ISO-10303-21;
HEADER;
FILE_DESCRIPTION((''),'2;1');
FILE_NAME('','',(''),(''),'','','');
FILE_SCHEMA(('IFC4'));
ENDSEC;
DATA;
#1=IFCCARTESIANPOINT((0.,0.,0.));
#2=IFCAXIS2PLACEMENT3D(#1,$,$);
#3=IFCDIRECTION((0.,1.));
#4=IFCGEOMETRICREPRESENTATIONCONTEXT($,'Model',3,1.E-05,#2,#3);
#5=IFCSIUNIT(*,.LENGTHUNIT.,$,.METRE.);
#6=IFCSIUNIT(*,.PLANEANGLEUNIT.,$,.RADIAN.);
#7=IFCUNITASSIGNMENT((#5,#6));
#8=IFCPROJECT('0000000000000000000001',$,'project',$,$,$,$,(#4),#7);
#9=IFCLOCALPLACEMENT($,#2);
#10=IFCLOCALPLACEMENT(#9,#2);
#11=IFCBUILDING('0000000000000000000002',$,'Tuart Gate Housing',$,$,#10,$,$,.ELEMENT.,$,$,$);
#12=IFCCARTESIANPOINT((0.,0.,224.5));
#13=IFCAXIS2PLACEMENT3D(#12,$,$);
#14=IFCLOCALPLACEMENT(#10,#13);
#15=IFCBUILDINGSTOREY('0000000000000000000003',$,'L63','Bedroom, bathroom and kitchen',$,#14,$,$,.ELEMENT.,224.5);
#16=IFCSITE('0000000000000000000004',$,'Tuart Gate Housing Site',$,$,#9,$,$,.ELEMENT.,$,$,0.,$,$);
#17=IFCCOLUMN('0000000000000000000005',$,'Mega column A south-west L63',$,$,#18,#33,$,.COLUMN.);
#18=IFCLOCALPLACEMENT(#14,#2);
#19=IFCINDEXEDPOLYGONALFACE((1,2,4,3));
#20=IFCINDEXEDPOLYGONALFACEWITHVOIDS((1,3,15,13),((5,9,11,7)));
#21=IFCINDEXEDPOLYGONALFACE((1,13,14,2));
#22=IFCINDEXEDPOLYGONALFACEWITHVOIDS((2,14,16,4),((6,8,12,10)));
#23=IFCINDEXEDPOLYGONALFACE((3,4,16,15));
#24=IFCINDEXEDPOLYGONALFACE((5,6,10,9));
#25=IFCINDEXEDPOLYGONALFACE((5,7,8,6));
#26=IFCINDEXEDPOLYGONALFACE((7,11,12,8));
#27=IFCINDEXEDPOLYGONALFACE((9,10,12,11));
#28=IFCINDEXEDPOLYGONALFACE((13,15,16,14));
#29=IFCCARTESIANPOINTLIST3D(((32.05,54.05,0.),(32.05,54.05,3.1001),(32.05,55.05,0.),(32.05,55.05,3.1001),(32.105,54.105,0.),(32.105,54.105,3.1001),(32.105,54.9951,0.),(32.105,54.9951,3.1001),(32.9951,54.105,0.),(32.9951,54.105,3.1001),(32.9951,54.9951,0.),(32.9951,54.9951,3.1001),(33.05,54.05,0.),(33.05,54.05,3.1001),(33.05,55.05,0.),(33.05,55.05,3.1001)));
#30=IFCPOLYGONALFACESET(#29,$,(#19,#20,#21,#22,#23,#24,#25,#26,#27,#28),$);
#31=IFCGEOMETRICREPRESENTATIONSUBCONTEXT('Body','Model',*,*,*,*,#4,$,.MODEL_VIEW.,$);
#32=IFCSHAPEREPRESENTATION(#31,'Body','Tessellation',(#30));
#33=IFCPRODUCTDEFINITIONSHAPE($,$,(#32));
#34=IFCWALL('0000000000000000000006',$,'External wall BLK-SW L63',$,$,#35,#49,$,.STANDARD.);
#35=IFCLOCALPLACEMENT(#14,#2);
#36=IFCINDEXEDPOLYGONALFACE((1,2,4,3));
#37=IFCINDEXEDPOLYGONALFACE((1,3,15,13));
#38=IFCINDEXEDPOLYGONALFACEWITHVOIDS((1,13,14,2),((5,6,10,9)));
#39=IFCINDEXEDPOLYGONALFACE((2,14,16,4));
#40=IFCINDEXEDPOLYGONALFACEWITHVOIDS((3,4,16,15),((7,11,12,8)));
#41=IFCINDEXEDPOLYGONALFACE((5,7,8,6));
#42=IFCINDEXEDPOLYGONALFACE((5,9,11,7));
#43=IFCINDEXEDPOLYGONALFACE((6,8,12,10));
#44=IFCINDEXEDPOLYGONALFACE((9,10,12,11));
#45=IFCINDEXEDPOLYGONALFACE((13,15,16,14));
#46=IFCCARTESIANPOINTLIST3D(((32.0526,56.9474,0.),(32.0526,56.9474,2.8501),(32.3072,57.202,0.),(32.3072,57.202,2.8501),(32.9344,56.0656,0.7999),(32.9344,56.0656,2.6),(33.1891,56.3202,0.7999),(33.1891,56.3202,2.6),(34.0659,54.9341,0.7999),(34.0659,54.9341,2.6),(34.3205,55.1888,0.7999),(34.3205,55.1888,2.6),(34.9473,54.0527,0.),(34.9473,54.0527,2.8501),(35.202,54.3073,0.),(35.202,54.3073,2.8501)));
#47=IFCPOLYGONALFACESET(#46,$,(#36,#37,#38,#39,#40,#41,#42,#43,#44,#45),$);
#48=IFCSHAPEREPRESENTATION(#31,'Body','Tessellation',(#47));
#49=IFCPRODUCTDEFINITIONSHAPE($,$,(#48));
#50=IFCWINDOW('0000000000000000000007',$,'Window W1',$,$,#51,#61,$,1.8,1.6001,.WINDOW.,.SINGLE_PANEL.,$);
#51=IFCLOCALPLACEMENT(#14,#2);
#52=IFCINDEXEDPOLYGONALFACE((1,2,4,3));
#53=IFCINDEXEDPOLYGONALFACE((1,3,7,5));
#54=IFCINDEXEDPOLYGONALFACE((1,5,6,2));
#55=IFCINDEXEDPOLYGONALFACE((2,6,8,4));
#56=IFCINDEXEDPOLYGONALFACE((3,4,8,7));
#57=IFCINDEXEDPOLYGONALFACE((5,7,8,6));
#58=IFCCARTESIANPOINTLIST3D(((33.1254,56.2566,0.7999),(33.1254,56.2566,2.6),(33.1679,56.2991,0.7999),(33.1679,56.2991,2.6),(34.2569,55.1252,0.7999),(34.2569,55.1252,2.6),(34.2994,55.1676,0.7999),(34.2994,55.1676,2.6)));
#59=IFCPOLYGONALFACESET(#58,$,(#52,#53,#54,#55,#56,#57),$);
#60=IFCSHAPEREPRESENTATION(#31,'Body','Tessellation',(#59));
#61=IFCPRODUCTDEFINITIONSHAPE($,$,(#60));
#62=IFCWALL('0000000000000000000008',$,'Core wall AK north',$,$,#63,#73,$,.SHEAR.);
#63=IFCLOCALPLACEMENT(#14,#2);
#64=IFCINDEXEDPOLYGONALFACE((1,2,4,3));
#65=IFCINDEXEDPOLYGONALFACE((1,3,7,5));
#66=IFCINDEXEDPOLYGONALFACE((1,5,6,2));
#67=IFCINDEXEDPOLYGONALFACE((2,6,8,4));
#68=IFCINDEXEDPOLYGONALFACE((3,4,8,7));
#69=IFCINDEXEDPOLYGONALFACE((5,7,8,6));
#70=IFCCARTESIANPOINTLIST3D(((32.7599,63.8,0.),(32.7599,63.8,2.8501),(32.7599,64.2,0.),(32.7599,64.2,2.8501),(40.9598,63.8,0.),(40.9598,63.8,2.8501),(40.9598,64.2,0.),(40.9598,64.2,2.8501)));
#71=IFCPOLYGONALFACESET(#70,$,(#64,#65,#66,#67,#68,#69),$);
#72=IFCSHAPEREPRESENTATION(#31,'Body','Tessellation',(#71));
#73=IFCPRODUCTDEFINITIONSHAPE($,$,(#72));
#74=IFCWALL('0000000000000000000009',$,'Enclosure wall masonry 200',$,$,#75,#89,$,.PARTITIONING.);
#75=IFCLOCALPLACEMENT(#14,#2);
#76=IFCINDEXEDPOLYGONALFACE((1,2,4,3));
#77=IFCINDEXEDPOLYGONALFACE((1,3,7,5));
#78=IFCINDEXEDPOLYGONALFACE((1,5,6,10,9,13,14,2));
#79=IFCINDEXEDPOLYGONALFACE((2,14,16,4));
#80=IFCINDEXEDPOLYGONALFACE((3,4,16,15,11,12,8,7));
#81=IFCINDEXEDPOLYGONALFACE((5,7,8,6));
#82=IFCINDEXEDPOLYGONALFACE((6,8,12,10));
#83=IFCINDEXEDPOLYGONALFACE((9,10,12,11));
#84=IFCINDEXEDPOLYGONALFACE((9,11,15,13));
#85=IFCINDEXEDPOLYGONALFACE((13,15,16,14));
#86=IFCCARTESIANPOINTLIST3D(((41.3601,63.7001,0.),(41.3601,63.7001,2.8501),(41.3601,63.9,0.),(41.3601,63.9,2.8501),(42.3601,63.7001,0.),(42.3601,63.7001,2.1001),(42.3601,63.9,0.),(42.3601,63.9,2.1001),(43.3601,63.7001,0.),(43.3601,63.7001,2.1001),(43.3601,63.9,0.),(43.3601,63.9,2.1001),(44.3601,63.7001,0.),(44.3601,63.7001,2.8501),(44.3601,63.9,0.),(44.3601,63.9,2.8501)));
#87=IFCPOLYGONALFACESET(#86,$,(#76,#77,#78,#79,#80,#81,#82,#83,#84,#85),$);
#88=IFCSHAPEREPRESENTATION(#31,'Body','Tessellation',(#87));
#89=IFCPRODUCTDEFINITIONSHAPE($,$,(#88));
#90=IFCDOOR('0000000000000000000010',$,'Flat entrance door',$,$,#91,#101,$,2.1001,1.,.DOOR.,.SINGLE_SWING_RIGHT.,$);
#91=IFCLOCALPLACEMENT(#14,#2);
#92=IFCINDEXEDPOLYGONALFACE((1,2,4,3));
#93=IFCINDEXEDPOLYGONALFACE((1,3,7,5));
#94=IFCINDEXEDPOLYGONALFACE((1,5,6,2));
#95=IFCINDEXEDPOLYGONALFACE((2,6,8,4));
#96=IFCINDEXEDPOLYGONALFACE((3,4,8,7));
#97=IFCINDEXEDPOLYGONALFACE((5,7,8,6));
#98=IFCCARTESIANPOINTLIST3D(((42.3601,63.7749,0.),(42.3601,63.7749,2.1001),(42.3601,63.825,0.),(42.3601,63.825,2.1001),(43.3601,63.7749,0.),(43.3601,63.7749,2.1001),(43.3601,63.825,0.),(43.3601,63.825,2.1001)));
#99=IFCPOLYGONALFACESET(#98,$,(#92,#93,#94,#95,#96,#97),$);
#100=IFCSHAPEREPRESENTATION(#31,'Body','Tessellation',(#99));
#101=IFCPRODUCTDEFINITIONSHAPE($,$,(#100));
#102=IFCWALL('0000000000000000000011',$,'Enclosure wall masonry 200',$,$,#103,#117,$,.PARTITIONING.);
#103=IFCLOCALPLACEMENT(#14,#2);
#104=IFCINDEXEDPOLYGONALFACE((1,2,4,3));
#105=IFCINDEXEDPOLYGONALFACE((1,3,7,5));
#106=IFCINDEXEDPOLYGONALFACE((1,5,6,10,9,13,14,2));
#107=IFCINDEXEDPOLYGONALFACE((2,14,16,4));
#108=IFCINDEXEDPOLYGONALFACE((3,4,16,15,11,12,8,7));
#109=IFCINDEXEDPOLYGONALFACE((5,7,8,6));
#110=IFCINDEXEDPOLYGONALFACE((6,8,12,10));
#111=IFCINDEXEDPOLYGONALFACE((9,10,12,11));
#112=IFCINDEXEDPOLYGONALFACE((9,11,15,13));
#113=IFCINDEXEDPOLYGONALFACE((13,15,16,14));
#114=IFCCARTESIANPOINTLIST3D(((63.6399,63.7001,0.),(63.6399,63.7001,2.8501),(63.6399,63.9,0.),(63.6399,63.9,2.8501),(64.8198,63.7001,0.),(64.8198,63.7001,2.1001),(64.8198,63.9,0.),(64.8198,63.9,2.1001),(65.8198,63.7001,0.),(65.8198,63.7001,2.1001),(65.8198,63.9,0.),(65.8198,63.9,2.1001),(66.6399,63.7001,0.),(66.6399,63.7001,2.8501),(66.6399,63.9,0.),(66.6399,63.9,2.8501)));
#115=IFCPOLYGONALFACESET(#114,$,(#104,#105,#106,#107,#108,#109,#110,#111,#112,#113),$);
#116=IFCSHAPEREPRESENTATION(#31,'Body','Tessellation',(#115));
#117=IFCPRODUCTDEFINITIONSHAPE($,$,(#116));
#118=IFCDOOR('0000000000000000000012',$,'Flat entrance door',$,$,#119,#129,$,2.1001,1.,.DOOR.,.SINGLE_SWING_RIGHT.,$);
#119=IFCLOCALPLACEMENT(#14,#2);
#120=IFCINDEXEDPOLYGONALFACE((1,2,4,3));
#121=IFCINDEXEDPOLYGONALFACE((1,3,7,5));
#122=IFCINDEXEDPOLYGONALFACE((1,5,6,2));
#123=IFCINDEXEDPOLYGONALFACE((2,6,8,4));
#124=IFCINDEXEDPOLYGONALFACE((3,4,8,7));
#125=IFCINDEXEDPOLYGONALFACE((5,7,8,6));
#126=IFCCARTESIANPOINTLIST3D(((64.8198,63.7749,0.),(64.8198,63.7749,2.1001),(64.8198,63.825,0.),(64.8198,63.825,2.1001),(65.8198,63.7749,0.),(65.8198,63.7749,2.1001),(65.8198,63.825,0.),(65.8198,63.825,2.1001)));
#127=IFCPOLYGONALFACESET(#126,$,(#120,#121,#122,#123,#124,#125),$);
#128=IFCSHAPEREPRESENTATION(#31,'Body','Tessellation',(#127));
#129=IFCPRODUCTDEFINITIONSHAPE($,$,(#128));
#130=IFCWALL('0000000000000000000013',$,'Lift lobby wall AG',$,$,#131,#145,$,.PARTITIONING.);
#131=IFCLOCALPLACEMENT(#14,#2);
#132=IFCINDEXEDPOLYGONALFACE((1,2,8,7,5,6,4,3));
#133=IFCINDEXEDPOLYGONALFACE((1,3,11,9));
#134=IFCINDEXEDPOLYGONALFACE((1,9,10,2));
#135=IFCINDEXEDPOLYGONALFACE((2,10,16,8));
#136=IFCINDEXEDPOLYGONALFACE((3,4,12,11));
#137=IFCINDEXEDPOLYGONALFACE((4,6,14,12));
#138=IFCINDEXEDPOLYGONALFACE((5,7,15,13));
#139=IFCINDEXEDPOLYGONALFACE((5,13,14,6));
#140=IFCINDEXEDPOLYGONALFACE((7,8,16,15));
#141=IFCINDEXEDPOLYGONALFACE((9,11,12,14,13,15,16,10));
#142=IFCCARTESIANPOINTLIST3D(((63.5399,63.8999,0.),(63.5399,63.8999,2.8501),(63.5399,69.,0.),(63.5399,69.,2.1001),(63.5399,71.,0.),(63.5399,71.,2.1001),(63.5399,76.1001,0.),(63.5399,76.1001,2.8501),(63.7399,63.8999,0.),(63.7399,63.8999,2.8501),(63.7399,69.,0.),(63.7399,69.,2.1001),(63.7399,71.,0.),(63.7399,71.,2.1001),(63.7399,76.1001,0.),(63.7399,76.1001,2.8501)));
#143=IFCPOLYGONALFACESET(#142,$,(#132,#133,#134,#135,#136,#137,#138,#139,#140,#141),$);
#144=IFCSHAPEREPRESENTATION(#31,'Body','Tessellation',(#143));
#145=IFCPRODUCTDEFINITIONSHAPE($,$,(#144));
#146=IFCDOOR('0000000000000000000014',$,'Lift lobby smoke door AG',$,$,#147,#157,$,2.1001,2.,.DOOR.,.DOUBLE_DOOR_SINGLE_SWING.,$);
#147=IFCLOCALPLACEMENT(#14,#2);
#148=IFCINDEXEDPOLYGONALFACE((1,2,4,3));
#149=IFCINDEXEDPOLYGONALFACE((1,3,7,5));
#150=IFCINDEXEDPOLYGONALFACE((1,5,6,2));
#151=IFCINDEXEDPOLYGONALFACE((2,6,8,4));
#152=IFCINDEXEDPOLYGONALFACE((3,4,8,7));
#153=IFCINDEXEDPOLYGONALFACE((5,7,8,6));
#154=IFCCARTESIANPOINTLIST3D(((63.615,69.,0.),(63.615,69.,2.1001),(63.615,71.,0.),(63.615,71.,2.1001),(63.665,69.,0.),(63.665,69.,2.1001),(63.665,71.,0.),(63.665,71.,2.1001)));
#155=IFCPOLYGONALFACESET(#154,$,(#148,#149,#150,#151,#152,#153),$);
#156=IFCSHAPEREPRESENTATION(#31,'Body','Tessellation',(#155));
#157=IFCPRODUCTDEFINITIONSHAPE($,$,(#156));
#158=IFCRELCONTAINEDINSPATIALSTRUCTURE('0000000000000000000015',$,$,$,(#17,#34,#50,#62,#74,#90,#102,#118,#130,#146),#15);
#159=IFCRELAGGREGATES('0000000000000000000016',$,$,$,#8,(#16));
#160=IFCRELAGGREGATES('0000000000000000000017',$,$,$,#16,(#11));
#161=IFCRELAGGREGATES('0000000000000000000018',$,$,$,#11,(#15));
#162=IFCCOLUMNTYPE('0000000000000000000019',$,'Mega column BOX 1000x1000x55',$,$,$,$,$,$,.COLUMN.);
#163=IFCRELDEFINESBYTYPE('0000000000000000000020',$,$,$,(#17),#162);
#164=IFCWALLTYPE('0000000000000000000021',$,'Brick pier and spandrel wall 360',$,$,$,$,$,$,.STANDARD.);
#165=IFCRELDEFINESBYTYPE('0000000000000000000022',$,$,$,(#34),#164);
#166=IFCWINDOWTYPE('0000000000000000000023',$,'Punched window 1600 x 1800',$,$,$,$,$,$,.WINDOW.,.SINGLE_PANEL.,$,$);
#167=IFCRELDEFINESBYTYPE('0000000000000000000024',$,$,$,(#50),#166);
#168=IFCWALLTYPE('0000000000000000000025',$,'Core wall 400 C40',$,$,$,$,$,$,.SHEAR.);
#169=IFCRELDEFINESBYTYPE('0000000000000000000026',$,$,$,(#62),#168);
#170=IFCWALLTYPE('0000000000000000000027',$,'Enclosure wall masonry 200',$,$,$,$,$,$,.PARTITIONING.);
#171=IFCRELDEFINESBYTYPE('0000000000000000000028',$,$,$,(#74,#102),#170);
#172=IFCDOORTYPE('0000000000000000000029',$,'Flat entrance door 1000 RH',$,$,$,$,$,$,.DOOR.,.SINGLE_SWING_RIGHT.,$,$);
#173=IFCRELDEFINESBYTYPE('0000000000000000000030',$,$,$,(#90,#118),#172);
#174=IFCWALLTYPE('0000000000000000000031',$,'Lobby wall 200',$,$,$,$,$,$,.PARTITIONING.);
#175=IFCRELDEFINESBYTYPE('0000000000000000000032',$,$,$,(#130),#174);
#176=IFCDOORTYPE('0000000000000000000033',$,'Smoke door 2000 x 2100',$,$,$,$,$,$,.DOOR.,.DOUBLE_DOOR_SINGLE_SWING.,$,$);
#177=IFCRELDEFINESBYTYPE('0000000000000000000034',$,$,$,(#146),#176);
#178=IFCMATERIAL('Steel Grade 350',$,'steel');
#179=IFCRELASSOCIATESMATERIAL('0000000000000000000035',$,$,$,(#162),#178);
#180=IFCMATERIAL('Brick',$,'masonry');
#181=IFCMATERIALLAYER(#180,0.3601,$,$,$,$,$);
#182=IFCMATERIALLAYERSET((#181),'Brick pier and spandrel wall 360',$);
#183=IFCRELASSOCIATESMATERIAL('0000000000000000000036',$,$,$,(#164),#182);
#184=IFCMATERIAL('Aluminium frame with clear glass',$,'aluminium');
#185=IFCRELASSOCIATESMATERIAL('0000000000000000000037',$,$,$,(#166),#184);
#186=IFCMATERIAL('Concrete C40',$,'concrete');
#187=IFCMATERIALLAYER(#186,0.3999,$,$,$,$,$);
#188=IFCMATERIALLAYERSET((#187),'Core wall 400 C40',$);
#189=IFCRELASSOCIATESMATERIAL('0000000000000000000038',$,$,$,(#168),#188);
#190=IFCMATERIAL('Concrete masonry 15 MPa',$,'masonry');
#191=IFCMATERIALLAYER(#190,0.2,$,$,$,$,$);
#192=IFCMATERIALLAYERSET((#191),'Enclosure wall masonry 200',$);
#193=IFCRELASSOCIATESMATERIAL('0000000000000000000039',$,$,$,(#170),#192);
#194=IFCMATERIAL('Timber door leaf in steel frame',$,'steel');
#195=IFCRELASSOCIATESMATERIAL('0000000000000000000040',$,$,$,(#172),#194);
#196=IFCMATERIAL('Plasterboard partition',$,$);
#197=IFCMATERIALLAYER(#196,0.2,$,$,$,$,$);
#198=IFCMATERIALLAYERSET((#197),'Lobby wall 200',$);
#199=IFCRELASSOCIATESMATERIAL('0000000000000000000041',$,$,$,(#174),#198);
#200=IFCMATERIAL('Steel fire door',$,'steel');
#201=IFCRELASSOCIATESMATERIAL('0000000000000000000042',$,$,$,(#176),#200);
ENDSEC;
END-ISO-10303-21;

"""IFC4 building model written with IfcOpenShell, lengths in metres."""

from ifc_helpers import new_model, si_unit, direction, frame, frame_2d, origin, origin_2d, place, context, subcontext, project, spatial, rectangle, hollow_rectangle, extrude, material, layer, layer_set, material_profile, profile_set, type_object, element, fill, save


model = new_model("IFC4")

# Units and contexts
model_context = context("Model", 3, precision=1e-05, world=origin(), true_north=direction((0.0, 1.0)))
body_context = subcontext(model_context, "Body", "Model", "MODEL_VIEW")
ifc_project = project(units=[si_unit("LENGTHUNIT", "METRE"), si_unit("PLANEANGLEUNIT", "RADIAN")], contexts=[model_context])

# Site, building, storey
site_placement = place(None, origin())
site = spatial("IfcSite", under=ifc_project, at=site_placement, Name="Tuart Gate Housing Site", CompositionType="ELEMENT", RefElevation=0.0)
building_placement = place(site_placement, origin())
building = spatial("IfcBuilding", under=site, at=building_placement, Name="Tuart Gate Housing", CompositionType="ELEMENT")
storey_placement = place(building_placement, frame((0.0, 0.0, 224.5)))
storey = spatial("IfcBuildingStorey", under=building, at=storey_placement, Name="L63", Description="Bedroom, bathroom and kitchen", CompositionType="ELEMENT", Elevation=224.5)

# Column
ifc_material_1 = material(Name="Steel Grade 350", Category="steel")
ifc_material_profile = material_profile(ifc_material_1, hollow_rectangle(XDim=1.0, YDim=1.0, WallThickness=0.0549, at=origin_2d()), Name="BOX 1000x1000x55")
ifc_profile_set = profile_set([ifc_material_profile], Name="Steel Grade 350")
column_type = type_object("IfcColumnType", Name="Mega column BOX 1000x1000x55", PredefinedType="COLUMN", material=ifc_profile_set)
column_placement = place(storey_placement, frame((32.55, 54.55, 0.0), z_axis=(0.0, 0.0, 1.0), x_axis=(1.0, 0.0, 0.0)))
element("IfcColumn", 1, at=column_placement, inside=storey, type_object=column_type, Name="Mega column A south-west L63", PredefinedType="COLUMN", context=body_context, shape_type="SweptSolid", body=[
    extrude(hollow_rectangle(XDim=1.0, YDim=1.0, WallThickness=0.0549, at=origin_2d()), origin(), (0.0, 0.0, 1.0), 3.1001),
])

# Wall, opening, window
ifc_material_2 = material(Name="Brick", Category="masonry")
ifc_layer_1 = layer(ifc_material_2, 0.3601)
ifc_layer_set_1 = layer_set([ifc_layer_1], Name="Brick pier and spandrel wall 360")
wall_type_1 = type_object("IfcWallType", Name="Brick pier and spandrel wall 360", PredefinedType="STANDARD", material=ifc_layer_set_1)
wall_1_placement = place(storey_placement, frame((32.1799, 57.0747, 0.0), z_axis=(0.0, 0.0, 1.0), x_axis=(0.707107, -0.707107, 0.0)))
wall_1 = element("IfcWall", 2, at=wall_1_placement, inside=storey, type_object=wall_type_1, Name="External wall BLK-SW L63", PredefinedType="STANDARD", context=body_context, shape_type="SweptSolid", body=[
    extrude(rectangle(XDim=4.0938, YDim=0.3601, at=frame_2d((2.0469, 0.0))), origin(), (0.0, 0.0, 1.0), 2.8501),
])
opening_1_placement = place(wall_1_placement, frame((1.2471, 0.0, 0.8)))
opening_1 = element("IfcOpeningElement", 3, at=opening_1_placement, cuts=wall_1, PredefinedType="OPENING", context=body_context, shape_type="SweptSolid", body=[
    extrude(rectangle(XDim=1.6001, YDim=1.8, at=frame_2d((0.8, 0.8999))), frame((0.0, 0.1899, 0.0), z_axis=(0.0, -1.0, 0.0), x_axis=(1.0, 0.0, 0.0)), (0.0, 0.0, 1.0), 0.3801),
])
ifc_material_3 = material(Name="Aluminium frame with clear glass", Category="aluminium")
window_type = type_object("IfcWindowType", Name="Punched window 1600 x 1800", PartitioningType="SINGLE_PANEL", PredefinedType="WINDOW", material=ifc_material_3)
window_placement = place(opening_1_placement, origin())
window = element("IfcWindow", 4, at=window_placement, inside=storey, type_object=window_type, Name="Window W1", OverallHeight=1.8, OverallWidth=1.6001, PartitioningType="SINGLE_PANEL", PredefinedType="WINDOW", context=body_context, shape_type="SweptSolid", body=[
    extrude(rectangle(XDim=1.6001, YDim=1.8, at=frame_2d((0.8, 0.8999))), frame((0.0, 0.1501, 0.0), z_axis=(0.0, -1.0, 0.0), x_axis=(1.0, 0.0, 0.0)), (0.0, 0.0, 1.0), 0.0601),
])
fill(opening_1, window)

# Wall
ifc_material_4 = material(Name="Concrete C40", Category="concrete")
ifc_layer_2 = layer(ifc_material_4, 0.3999)
ifc_layer_set_2 = layer_set([ifc_layer_2], Name="Core wall 400 C40")
wall_type_2 = type_object("IfcWallType", Name="Core wall 400 C40", PredefinedType="SHEAR", material=ifc_layer_set_2)
wall_2_placement = place(storey_placement, frame((40.96, 64.0, 0.0), z_axis=(0.0, 0.0, 1.0), x_axis=(-1.0, 0.0, 0.0)))
element("IfcWall", 5, at=wall_2_placement, inside=storey, type_object=wall_type_2, Name="Core wall AK north", PredefinedType="SHEAR", context=body_context, shape_type="SweptSolid", body=[
    extrude(rectangle(XDim=8.2, YDim=0.3999, at=frame_2d((4.1001, 0.0))), origin(), (0.0, 0.0, 1.0), 2.8501),
])

# Walls, openings, doors
ifc_material_5 = material(Name="Concrete masonry 15 MPa", Category="masonry")
ifc_layer_3 = layer(ifc_material_5, 0.2)
ifc_layer_set_3 = layer_set([ifc_layer_3], Name="Enclosure wall masonry 200")
wall_type_3 = type_object("IfcWallType", Name="Enclosure wall masonry 200", PredefinedType="PARTITIONING", material=ifc_layer_set_3)
wall_3_placement = place(storey_placement, frame((41.3601, 63.8, 0.0), z_axis=(0.0, 0.0, 1.0), x_axis=(1.0, 0.0, 0.0)))
wall_3 = element("IfcWall", 6, at=wall_3_placement, inside=storey, type_object=wall_type_3, Name="Enclosure wall masonry 200", PredefinedType="PARTITIONING", context=body_context, shape_type="SweptSolid", body=[
    extrude(rectangle(XDim=3.0, YDim=0.2, at=frame_2d((1.5, 0.0))), origin(), (0.0, 0.0, 1.0), 2.8501),
])
opening_2_placement = place(wall_3_placement, frame((1.0, 0.0, 0.0)))
opening_2 = element("IfcOpeningElement", 7, at=opening_2_placement, cuts=wall_3, PredefinedType="OPENING", context=body_context, shape_type="SweptSolid", body=[
    extrude(rectangle(XDim=1.0, YDim=2.1001, at=frame_2d((0.5, 1.05))), frame((0.0, 0.1099, 0.0), z_axis=(0.0, -1.0, 0.0), x_axis=(1.0, 0.0, 0.0)), (0.0, 0.0, 1.0), 0.22),
])
ifc_material_6 = material(Name="Timber door leaf in steel frame", Category="steel")
door_type_1 = type_object("IfcDoorType", Name="Flat entrance door 1000 RH", OperationType="SINGLE_SWING_RIGHT", PredefinedType="DOOR", material=ifc_material_6)
door_1_placement = place(opening_2_placement, frame((1.0, 0.0, 0.0), z_axis=(0.0, 0.0, 1.0), x_axis=(-1.0, 0.0, 0.0)))
door_1 = element("IfcDoor", 8, at=door_1_placement, inside=storey, type_object=door_type_1, Name="Flat entrance door", OperationType="SINGLE_SWING_RIGHT", OverallHeight=2.1001, OverallWidth=1.0, PredefinedType="DOOR", context=body_context, shape_type="SweptSolid", body=[
    extrude(rectangle(XDim=1.0, YDim=2.1001, at=frame_2d((0.5, 1.05))), frame((0.0, 0.0251, 0.0), z_axis=(0.0, -1.0, 0.0), x_axis=(1.0, 0.0, 0.0)), (0.0, 0.0, 1.0), 0.05),
])
fill(opening_2, door_1)
wall_4_placement = place(storey_placement, frame((63.6399, 63.8, 0.0), z_axis=(0.0, 0.0, 1.0), x_axis=(1.0, 0.0, 0.0)))
wall_4 = element("IfcWall", 9, at=wall_4_placement, inside=storey, type_object=wall_type_3, Name="Enclosure wall masonry 200", PredefinedType="PARTITIONING", context=body_context, shape_type="SweptSolid", body=[
    extrude(rectangle(XDim=3.0, YDim=0.2, at=frame_2d((1.5, 0.0))), origin(), (0.0, 0.0, 1.0), 2.8501),
])
opening_3_placement = place(wall_4_placement, frame((1.1799, 0.0, 0.0)))
opening_3 = element("IfcOpeningElement", 10, at=opening_3_placement, cuts=wall_4, PredefinedType="OPENING", context=body_context, shape_type="SweptSolid", body=[
    extrude(rectangle(XDim=1.0, YDim=2.1001, at=frame_2d((0.5, 1.05))), frame((0.0, 0.1099, 0.0), z_axis=(0.0, -1.0, 0.0), x_axis=(1.0, 0.0, 0.0)), (0.0, 0.0, 1.0), 0.22),
])
door_2_placement = place(opening_3_placement, frame((1.0, 0.0, 0.0), z_axis=(0.0, 0.0, 1.0), x_axis=(-1.0, 0.0, 0.0)))
door_2 = element("IfcDoor", 11, at=door_2_placement, inside=storey, type_object=door_type_1, Name="Flat entrance door", OperationType="SINGLE_SWING_RIGHT", OverallHeight=2.1001, OverallWidth=1.0, PredefinedType="DOOR", context=body_context, shape_type="SweptSolid", body=[
    extrude(rectangle(XDim=1.0, YDim=2.1001, at=frame_2d((0.5, 1.05))), frame((0.0, 0.0251, 0.0), z_axis=(0.0, -1.0, 0.0), x_axis=(1.0, 0.0, 0.0)), (0.0, 0.0, 1.0), 0.05),
])
fill(opening_3, door_2)
ifc_material_7 = material(Name="Plasterboard partition")
ifc_layer_4 = layer(ifc_material_7, 0.2)
ifc_layer_set_4 = layer_set([ifc_layer_4], Name="Lobby wall 200")
wall_type_4 = type_object("IfcWallType", Name="Lobby wall 200", PredefinedType="PARTITIONING", material=ifc_layer_set_4)
wall_5_placement = place(storey_placement, frame((63.6399, 63.8999, 0.0), z_axis=(0.0, 0.0, 1.0), x_axis=(0.0, 1.0, 0.0)))
wall_5 = element("IfcWall", 12, at=wall_5_placement, inside=storey, type_object=wall_type_4, Name="Lift lobby wall AG", PredefinedType="PARTITIONING", context=body_context, shape_type="SweptSolid", body=[
    extrude(rectangle(XDim=12.2002, YDim=0.2, at=frame_2d((6.1001, 0.0))), origin(), (0.0, 0.0, 1.0), 2.8501),
])
opening_4_placement = place(wall_5_placement, frame((5.1001, 0.0, 0.0)))
opening_4 = element("IfcOpeningElement", 13, at=opening_4_placement, cuts=wall_5, PredefinedType="OPENING", context=body_context, shape_type="SweptSolid", body=[
    extrude(rectangle(XDim=2.0, YDim=2.1001, at=frame_2d((1.0, 1.05))), frame((0.0, 0.1099, 0.0), z_axis=(0.0, -1.0, 0.0), x_axis=(1.0, 0.0, 0.0)), (0.0, 0.0, 1.0), 0.22),
])
ifc_material_8 = material(Name="Steel fire door", Category="steel")
door_type_2 = type_object("IfcDoorType", Name="Smoke door 2000 x 2100", OperationType="DOUBLE_DOOR_SINGLE_SWING", PredefinedType="DOOR", material=ifc_material_8)
door_3_placement = place(opening_4_placement, frame((2.0, 0.0, 0.0), z_axis=(0.0, 0.0, 1.0), x_axis=(-1.0, 0.0, 0.0)))
door_3 = element("IfcDoor", 14, at=door_3_placement, inside=storey, type_object=door_type_2, Name="Lift lobby smoke door AG", OperationType="DOUBLE_DOOR_SINGLE_SWING", OverallHeight=2.1001, OverallWidth=2.0, PredefinedType="DOOR", context=body_context, shape_type="SweptSolid", body=[
    extrude(rectangle(XDim=2.0, YDim=2.1001, at=frame_2d((1.0, 1.05))), frame((0.0, 0.0251, 0.0), z_axis=(0.0, -1.0, 0.0), x_axis=(1.0, 0.0, 0.0)), (0.0, 0.0, 1.0), 0.05),
])
fill(opening_4, door_3)

save(model, "model.ifc")
